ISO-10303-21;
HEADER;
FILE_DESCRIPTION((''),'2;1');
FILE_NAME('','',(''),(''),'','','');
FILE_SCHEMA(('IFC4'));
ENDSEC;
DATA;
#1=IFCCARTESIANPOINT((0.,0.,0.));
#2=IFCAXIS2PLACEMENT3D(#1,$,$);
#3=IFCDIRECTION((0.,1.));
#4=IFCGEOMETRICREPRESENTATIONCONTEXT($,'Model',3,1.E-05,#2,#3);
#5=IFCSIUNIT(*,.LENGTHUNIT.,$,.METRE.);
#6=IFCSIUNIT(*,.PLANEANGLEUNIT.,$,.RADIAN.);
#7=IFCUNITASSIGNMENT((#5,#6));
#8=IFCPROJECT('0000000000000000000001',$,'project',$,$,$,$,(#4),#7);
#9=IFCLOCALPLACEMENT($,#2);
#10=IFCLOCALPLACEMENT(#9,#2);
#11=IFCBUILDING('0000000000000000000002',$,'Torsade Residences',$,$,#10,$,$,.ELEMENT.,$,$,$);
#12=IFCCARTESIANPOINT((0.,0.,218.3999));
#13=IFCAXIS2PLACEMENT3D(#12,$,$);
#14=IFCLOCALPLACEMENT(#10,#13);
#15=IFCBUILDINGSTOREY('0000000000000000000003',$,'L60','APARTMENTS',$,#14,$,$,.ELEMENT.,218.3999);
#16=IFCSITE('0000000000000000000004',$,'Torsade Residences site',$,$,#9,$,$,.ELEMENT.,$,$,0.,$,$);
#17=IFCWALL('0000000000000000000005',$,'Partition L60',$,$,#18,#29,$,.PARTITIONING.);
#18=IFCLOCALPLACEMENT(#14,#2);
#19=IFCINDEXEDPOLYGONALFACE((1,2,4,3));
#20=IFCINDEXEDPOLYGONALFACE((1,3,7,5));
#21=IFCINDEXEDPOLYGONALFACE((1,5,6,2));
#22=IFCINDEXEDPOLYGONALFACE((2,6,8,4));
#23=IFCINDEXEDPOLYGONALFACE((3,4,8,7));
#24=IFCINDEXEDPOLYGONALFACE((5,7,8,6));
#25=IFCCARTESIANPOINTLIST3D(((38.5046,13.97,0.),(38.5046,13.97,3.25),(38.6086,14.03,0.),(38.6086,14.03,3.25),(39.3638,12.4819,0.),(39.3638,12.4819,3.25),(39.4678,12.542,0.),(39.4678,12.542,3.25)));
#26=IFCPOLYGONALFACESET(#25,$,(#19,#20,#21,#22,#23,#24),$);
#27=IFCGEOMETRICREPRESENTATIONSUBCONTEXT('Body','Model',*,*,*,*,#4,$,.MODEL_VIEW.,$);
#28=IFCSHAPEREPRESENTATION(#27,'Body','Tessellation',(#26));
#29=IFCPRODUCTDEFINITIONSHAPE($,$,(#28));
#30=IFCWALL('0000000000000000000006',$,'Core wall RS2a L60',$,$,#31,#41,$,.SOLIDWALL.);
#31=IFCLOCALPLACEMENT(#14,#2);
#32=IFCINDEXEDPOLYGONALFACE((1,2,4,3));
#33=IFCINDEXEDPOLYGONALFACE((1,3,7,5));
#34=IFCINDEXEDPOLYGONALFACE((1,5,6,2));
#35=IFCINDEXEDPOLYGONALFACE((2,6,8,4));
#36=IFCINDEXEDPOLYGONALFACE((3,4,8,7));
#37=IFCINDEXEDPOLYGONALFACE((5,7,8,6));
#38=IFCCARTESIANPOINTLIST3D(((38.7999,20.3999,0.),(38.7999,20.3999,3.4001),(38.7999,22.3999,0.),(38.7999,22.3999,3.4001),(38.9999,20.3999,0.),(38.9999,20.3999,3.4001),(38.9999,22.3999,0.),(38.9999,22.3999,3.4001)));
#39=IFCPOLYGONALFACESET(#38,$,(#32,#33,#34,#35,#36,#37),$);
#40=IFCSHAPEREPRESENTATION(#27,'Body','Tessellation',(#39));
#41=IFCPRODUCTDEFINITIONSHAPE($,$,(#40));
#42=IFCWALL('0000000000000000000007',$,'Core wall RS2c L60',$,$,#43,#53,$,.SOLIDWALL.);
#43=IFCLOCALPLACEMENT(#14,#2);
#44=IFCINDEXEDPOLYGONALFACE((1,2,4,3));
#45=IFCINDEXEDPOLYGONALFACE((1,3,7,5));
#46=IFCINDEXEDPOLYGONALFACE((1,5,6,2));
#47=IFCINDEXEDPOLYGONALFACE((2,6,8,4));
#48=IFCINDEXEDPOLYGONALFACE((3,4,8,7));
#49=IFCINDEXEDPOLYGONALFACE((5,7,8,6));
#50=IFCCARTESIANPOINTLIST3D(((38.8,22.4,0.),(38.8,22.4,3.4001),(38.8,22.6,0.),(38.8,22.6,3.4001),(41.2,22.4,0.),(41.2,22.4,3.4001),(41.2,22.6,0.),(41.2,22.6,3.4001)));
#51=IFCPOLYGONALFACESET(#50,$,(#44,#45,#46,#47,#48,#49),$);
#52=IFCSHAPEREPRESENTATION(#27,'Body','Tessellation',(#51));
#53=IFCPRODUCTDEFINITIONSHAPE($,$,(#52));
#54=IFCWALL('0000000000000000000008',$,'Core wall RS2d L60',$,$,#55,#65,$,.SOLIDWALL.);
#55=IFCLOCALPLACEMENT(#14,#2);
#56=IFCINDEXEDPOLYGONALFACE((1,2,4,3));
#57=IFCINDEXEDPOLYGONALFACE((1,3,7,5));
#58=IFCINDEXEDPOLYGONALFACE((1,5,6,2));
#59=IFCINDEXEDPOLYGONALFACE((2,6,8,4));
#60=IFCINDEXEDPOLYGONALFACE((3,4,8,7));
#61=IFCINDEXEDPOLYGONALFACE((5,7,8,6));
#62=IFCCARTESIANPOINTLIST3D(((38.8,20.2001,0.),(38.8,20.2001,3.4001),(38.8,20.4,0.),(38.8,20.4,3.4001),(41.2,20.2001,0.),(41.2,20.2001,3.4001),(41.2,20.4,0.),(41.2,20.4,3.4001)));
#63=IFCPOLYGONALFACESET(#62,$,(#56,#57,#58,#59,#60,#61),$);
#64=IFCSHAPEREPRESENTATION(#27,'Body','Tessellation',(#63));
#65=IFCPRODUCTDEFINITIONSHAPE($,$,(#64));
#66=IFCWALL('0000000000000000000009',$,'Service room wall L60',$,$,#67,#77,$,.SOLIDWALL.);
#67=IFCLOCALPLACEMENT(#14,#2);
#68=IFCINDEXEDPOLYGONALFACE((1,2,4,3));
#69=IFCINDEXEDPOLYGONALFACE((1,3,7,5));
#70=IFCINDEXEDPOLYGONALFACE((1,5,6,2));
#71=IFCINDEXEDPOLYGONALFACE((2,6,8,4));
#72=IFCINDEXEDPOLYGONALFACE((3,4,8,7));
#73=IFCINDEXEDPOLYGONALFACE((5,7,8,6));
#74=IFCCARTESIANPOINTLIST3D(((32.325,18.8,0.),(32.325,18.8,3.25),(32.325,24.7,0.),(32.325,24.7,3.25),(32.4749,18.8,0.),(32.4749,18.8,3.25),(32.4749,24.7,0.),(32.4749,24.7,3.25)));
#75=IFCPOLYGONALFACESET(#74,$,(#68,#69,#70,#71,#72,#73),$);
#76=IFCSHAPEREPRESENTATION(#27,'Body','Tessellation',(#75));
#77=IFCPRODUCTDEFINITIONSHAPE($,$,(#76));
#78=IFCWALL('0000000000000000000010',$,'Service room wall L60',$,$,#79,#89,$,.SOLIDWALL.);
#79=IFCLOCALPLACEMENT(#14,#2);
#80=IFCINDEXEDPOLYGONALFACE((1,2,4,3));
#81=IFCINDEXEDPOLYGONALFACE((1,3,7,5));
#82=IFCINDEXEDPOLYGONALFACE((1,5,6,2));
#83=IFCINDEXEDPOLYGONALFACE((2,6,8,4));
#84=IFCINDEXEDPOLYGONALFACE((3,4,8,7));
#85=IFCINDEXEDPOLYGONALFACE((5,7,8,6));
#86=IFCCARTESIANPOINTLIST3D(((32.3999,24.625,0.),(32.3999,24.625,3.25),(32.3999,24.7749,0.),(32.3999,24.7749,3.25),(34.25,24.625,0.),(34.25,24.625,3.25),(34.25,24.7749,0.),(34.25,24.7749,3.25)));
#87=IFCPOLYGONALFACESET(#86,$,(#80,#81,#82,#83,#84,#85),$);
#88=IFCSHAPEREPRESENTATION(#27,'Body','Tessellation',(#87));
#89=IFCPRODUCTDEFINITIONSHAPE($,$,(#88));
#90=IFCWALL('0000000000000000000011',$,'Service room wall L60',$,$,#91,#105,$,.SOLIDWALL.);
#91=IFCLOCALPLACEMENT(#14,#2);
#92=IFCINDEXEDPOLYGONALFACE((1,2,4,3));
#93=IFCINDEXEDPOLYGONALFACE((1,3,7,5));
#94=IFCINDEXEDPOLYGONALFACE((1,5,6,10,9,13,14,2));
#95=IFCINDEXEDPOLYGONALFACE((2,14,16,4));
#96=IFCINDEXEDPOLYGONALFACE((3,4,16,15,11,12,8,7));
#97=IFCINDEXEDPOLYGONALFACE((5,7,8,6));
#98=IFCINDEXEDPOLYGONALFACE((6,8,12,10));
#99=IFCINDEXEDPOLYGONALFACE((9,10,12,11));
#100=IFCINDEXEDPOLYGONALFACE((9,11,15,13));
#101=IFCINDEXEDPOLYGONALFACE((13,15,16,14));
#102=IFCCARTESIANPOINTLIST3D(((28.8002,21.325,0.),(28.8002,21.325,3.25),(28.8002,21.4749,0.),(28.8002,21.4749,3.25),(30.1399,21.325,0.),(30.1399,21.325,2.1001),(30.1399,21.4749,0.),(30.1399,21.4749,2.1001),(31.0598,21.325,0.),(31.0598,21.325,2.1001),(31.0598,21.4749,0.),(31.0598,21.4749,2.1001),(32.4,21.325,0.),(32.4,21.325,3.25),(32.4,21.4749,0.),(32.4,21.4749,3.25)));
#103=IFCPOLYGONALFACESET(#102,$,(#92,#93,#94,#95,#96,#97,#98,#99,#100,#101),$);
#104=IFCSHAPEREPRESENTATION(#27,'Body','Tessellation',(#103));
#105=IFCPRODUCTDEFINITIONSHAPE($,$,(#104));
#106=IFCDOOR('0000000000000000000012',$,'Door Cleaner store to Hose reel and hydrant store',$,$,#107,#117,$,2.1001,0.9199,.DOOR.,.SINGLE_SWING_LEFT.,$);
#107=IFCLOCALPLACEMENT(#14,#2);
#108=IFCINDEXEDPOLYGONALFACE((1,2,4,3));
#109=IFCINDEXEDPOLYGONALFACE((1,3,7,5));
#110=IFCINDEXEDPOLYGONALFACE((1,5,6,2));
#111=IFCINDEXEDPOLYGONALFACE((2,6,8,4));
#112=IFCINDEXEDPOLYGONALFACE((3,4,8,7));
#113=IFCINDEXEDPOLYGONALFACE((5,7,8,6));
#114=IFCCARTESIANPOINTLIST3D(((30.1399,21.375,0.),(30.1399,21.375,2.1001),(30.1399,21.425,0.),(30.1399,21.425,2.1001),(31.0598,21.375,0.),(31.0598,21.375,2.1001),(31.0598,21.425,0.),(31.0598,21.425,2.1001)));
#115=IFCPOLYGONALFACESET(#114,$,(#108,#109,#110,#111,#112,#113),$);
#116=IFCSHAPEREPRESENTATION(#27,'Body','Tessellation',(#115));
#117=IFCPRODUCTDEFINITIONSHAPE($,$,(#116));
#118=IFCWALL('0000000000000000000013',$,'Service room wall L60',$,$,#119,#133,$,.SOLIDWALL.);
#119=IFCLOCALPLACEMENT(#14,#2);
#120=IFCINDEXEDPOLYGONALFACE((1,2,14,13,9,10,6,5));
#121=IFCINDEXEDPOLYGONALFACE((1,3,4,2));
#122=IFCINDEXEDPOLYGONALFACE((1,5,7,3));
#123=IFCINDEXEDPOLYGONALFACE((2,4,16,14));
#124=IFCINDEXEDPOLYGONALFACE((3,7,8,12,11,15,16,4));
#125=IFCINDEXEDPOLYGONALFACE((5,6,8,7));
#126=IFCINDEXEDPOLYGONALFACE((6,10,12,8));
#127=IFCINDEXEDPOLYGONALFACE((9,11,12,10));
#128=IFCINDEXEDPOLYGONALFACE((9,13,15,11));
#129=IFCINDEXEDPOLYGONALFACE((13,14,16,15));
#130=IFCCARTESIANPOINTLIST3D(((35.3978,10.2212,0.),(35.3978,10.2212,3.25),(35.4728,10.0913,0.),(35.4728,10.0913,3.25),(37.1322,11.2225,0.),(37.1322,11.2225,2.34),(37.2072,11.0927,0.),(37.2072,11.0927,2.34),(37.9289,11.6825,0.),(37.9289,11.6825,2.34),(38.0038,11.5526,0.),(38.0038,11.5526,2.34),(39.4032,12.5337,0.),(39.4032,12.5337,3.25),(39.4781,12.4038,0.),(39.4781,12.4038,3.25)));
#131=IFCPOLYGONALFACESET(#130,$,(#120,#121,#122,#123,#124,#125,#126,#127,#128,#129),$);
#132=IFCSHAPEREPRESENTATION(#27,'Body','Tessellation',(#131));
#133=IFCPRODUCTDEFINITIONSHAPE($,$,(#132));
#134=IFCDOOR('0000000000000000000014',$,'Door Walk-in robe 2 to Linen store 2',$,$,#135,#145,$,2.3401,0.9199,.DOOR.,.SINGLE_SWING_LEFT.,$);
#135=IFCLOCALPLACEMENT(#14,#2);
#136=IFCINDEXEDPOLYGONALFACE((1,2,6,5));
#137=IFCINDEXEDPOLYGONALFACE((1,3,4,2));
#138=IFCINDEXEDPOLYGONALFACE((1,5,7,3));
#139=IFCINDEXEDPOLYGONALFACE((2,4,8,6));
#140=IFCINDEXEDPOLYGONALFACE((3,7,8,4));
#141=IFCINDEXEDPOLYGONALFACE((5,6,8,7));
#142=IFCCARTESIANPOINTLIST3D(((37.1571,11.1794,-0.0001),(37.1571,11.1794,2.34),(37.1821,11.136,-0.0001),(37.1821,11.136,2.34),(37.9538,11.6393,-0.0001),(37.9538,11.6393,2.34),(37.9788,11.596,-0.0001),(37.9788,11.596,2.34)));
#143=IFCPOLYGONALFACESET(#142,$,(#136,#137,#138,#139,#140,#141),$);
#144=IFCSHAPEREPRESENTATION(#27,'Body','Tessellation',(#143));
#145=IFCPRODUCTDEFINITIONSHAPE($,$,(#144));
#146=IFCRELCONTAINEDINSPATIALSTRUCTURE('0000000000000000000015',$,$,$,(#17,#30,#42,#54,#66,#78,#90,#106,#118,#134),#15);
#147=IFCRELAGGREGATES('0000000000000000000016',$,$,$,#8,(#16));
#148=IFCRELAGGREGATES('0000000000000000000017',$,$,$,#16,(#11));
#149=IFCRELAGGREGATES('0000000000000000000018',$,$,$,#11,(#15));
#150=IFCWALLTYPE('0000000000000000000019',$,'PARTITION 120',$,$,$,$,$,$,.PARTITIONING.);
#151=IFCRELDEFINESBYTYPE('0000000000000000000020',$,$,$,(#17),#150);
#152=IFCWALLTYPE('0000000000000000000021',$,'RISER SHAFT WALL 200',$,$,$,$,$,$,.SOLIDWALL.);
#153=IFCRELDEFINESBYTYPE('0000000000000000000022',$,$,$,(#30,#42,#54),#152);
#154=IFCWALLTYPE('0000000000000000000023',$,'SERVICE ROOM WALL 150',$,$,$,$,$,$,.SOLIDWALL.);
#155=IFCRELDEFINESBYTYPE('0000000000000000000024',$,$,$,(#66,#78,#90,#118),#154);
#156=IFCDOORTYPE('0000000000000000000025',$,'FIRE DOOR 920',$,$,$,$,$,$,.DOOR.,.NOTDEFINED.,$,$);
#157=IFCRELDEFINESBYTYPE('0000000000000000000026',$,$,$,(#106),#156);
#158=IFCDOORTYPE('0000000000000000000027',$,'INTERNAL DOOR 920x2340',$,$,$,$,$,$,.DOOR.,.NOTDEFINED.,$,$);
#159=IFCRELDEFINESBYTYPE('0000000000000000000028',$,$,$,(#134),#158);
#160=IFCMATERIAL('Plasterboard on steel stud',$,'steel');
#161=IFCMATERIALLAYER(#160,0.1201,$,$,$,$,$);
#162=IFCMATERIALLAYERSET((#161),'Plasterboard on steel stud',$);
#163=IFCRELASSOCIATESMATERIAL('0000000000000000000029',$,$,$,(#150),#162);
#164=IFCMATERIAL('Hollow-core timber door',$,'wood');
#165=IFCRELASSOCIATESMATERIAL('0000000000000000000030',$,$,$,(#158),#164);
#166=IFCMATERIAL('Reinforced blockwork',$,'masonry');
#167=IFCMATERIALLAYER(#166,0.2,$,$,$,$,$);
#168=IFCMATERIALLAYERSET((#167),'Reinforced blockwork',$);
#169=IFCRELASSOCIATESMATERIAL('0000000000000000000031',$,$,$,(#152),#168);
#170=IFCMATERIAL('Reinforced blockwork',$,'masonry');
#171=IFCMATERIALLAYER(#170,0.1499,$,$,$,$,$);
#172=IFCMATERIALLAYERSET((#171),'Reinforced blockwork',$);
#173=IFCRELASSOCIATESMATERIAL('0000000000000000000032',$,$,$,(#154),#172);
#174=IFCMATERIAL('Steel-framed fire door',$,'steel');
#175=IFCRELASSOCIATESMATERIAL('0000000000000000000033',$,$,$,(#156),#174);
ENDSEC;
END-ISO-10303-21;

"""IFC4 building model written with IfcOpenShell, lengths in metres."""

from ifc_helpers import new_model, si_unit, direction, frame, frame_2d, origin, place, context, subcontext, project, spatial, rectangle, extrude, material, layer, layer_set, type_object, element, fill, save


model = new_model("IFC4")

# Units and contexts
model_context = context("Model", 3, precision=1e-05, world=origin(), true_north=direction((0.0, 1.0)))
body_context = subcontext(model_context, "Body", "Model", "MODEL_VIEW")
ifc_project = project(units=[si_unit("LENGTHUNIT", "METRE"), si_unit("PLANEANGLEUNIT", "RADIAN")], contexts=[model_context])

# Site, building, storey
site_placement = place(None, origin())
site = spatial("IfcSite", under=ifc_project, at=site_placement, Name="Torsade Residences site", CompositionType="ELEMENT", RefElevation=0.0)
building_placement = place(site_placement, origin())
building = spatial("IfcBuilding", under=site, at=building_placement, Name="Torsade Residences", CompositionType="ELEMENT")
storey_placement = place(building_placement, frame((0.0, 0.0, 218.3999)))
storey = spatial("IfcBuildingStorey", under=building, at=storey_placement, Name="L60", Description="APARTMENTS", CompositionType="ELEMENT", Elevation=218.3999)

# Shared definitions
ifc_material_1 = material(Name="Plasterboard on steel stud", Category="steel")
ifc_layer_1 = layer(ifc_material_1, 0.1201)
ifc_layer_set_1 = layer_set([ifc_layer_1], Name="Plasterboard on steel stud")
wall_type_1 = type_object("IfcWallType", Name="PARTITION 120", PredefinedType="PARTITIONING", material=ifc_layer_set_1)
ifc_material_2 = material(Name="Hollow-core timber door", Category="wood")
door_type_1 = type_object("IfcDoorType", Name="INTERNAL DOOR 920x2340", OperationType="NOTDEFINED", PredefinedType="DOOR", material=ifc_material_2)

# Walls
wall_1_placement = place(storey_placement, frame((39.4158, 12.512, 0.0), z_axis=(0.0, 0.0, 1.0), x_axis=(-0.500005, 0.866022, 0.0)))
element("IfcWall", 1, at=wall_1_placement, inside=storey, type_object=wall_type_1, Name="Partition L60", PredefinedType="PARTITIONING", context=body_context, shape_type="SweptSolid", body=[
    extrude(rectangle(XDim=1.7183, YDim=0.1201, at=frame_2d((0.8591, 0.0))), origin(), (0.0, 0.0, 1.0), 3.25),
])
ifc_material_3 = material(Name="Reinforced blockwork", Category="masonry")
ifc_layer_2 = layer(ifc_material_3, 0.2)
ifc_layer_set_2 = layer_set([ifc_layer_2], Name="Reinforced blockwork")
wall_type_2 = type_object("IfcWallType", Name="RISER SHAFT WALL 200", PredefinedType="SOLIDWALL", material=ifc_layer_set_2)
wall_2_placement = place(storey_placement, frame((38.8999, 22.3999, 0.0), z_axis=(0.0, 0.0, 1.0), x_axis=(0.0, -1.0, 0.0)))
element("IfcWall", 2, at=wall_2_placement, inside=storey, type_object=wall_type_2, Name="Core wall RS2a L60", PredefinedType="SOLIDWALL", context=body_context, shape_type="SweptSolid", body=[
    extrude(rectangle(XDim=2.0, YDim=0.2, at=frame_2d((1.0, 0.0))), origin(), (0.0, 0.0, 1.0), 3.4001),
])
for number, where, z_axis, x_axis, name in (
    (3, (38.8, 22.5, 0.0), (0.0, 0.0, 1.0), (1.0, 0.0, 0.0), "Core wall RS2c L60"),
    (4, (38.8, 20.3, 0.0), (0.0, 0.0, 1.0), (1.0, 0.0, 0.0), "Core wall RS2d L60"),
):
    element("IfcWall", number, at=place(storey_placement, frame(where, z_axis=z_axis, x_axis=x_axis)), inside=storey, type_object=wall_type_2, Name=name, PredefinedType="SOLIDWALL", context=body_context, shape_type="SweptSolid", body=[
        extrude(rectangle(XDim=2.3999, YDim=0.2, at=frame_2d((1.2, 0.0))), origin(), (0.0, 0.0, 1.0), 3.4001),
    ])
ifc_material_4 = material(Name="Reinforced blockwork", Category="masonry")
ifc_layer_3 = layer(ifc_material_4, 0.1499)
ifc_layer_set_3 = layer_set([ifc_layer_3], Name="Reinforced blockwork")
wall_type_3 = type_object("IfcWallType", Name="SERVICE ROOM WALL 150", PredefinedType="SOLIDWALL", material=ifc_layer_set_3)
wall_3_placement = place(storey_placement, frame((32.3999, 18.8, 0.0), z_axis=(0.0, 0.0, 1.0), x_axis=(0.0, 1.0, 0.0)))
element("IfcWall", 5, at=wall_3_placement, inside=storey, type_object=wall_type_3, Name="Service room wall L60", PredefinedType="SOLIDWALL", context=body_context, shape_type="SweptSolid", body=[
    extrude(rectangle(XDim=5.8999, YDim=0.1499, at=frame_2d((2.95, 0.0))), origin(), (0.0, 0.0, 1.0), 3.25),
])
wall_4_placement = place(storey_placement, frame((32.3999, 24.7, 0.0), z_axis=(0.0, 0.0, 1.0), x_axis=(1.0, 0.0, 0.0)))
element("IfcWall", 6, at=wall_4_placement, inside=storey, type_object=wall_type_3, Name="Service room wall L60", PredefinedType="SOLIDWALL", context=body_context, shape_type="SweptSolid", body=[
    extrude(rectangle(XDim=1.8501, YDim=0.1499, at=frame_2d((0.925, 0.0))), origin(), (0.0, 0.0, 1.0), 3.25),
])

# Walls, openings, doors
wall_5_placement = place(storey_placement, frame((32.3999, 21.3999, 0.0), z_axis=(0.0, 0.0, 1.0), x_axis=(-1.0, 0.0, 0.0)))
wall_5 = element("IfcWall", 7, at=wall_5_placement, inside=storey, type_object=wall_type_3, Name="Service room wall L60", PredefinedType="SOLIDWALL", context=body_context, shape_type="SweptSolid", body=[
    extrude(rectangle(XDim=3.5999, YDim=0.1499, at=frame_2d((1.7998, 0.0))), origin(), (0.0, 0.0, 1.0), 3.25),
])
opening_1_placement = place(wall_5_placement, frame((1.3401, 0.0, 0.0)))
opening_1 = element("IfcOpeningElement", 8, at=opening_1_placement, cuts=wall_5, PredefinedType="OPENING", context=body_context, shape_type="SweptSolid", body=[
    extrude(rectangle(XDim=0.9199, YDim=2.1001, at=frame_2d((0.46, 1.05))), frame((0.0, 0.085, 0.0), z_axis=(0.0, -1.0, 0.0), x_axis=(1.0, 0.0, 0.0)), (0.0, 0.0, 1.0), 0.1699),
])
ifc_material_5 = material(Name="Steel-framed fire door", Category="steel")
door_type_2 = type_object("IfcDoorType", Name="FIRE DOOR 920", OperationType="NOTDEFINED", PredefinedType="DOOR", material=ifc_material_5)
door_1_placement = place(opening_1_placement, origin())
door_1 = element("IfcDoor", 9, at=door_1_placement, inside=storey, type_object=door_type_2, Name="Door Cleaner store to Hose reel and hydrant store", OperationType="SINGLE_SWING_LEFT", OverallHeight=2.1001, OverallWidth=0.9199, PredefinedType="DOOR", context=body_context, shape_type="SweptSolid", body=[
    extrude(rectangle(XDim=0.9199, YDim=2.1001, at=frame_2d((0.46, 1.05))), frame((0.0, 0.0249, 0.0), z_axis=(0.0, -1.0, 0.0), x_axis=(1.0, 0.0, 0.0)), (0.0, 0.0, 1.0), 0.05),
])
fill(opening_1, door_1)
wall_6_placement = place(storey_placement, frame((39.4407, 12.4688, 0.0), z_axis=(0.0, 0.0, 1.0), x_axis=(-0.866026, -0.5, 0.0)))
wall_6 = element("IfcWall", 10, at=wall_6_placement, inside=storey, type_object=wall_type_3, Name="Service room wall L60", PredefinedType="SOLIDWALL", context=body_context, shape_type="SweptSolid", body=[
    extrude(rectangle(XDim=4.625, YDim=0.1499, at=frame_2d((2.3125, 0.0))), origin(), (0.0, 0.0, 1.0), 3.25),
])
opening_2_placement = place(wall_6_placement, frame((1.7024, 0.0, 0.0)))
opening_2 = element("IfcOpeningElement", 11, at=opening_2_placement, cuts=wall_6, PredefinedType="OPENING", context=body_context, shape_type="SweptSolid", body=[
    extrude(rectangle(XDim=0.9199, YDim=2.3401, at=frame_2d((0.46, 1.1699))), frame((0.0, 0.085, 0.0), z_axis=(0.0, -1.0, 0.0), x_axis=(1.0, 0.0, 0.0)), (0.0, 0.0, 1.0), 0.1699),
])
door_2_placement = place(opening_2_placement, origin())
door_2 = element("IfcDoor", 12, at=door_2_placement, inside=storey, type_object=door_type_1, Name="Door Walk-in robe 2 to Linen store 2", OperationType="SINGLE_SWING_LEFT", OverallHeight=2.3401, OverallWidth=0.9199, PredefinedType="DOOR", context=body_context, shape_type="SweptSolid", body=[
    extrude(rectangle(XDim=0.9199, YDim=2.3401, at=frame_2d((0.46, 1.1699))), frame((0.0, 0.0249, 0.0), z_axis=(0.0, -1.0, 0.0), x_axis=(1.0, 0.0, 0.0)), (0.0, 0.0, 1.0), 0.05),
])
fill(opening_2, door_2)

save(model, "model.ifc")
